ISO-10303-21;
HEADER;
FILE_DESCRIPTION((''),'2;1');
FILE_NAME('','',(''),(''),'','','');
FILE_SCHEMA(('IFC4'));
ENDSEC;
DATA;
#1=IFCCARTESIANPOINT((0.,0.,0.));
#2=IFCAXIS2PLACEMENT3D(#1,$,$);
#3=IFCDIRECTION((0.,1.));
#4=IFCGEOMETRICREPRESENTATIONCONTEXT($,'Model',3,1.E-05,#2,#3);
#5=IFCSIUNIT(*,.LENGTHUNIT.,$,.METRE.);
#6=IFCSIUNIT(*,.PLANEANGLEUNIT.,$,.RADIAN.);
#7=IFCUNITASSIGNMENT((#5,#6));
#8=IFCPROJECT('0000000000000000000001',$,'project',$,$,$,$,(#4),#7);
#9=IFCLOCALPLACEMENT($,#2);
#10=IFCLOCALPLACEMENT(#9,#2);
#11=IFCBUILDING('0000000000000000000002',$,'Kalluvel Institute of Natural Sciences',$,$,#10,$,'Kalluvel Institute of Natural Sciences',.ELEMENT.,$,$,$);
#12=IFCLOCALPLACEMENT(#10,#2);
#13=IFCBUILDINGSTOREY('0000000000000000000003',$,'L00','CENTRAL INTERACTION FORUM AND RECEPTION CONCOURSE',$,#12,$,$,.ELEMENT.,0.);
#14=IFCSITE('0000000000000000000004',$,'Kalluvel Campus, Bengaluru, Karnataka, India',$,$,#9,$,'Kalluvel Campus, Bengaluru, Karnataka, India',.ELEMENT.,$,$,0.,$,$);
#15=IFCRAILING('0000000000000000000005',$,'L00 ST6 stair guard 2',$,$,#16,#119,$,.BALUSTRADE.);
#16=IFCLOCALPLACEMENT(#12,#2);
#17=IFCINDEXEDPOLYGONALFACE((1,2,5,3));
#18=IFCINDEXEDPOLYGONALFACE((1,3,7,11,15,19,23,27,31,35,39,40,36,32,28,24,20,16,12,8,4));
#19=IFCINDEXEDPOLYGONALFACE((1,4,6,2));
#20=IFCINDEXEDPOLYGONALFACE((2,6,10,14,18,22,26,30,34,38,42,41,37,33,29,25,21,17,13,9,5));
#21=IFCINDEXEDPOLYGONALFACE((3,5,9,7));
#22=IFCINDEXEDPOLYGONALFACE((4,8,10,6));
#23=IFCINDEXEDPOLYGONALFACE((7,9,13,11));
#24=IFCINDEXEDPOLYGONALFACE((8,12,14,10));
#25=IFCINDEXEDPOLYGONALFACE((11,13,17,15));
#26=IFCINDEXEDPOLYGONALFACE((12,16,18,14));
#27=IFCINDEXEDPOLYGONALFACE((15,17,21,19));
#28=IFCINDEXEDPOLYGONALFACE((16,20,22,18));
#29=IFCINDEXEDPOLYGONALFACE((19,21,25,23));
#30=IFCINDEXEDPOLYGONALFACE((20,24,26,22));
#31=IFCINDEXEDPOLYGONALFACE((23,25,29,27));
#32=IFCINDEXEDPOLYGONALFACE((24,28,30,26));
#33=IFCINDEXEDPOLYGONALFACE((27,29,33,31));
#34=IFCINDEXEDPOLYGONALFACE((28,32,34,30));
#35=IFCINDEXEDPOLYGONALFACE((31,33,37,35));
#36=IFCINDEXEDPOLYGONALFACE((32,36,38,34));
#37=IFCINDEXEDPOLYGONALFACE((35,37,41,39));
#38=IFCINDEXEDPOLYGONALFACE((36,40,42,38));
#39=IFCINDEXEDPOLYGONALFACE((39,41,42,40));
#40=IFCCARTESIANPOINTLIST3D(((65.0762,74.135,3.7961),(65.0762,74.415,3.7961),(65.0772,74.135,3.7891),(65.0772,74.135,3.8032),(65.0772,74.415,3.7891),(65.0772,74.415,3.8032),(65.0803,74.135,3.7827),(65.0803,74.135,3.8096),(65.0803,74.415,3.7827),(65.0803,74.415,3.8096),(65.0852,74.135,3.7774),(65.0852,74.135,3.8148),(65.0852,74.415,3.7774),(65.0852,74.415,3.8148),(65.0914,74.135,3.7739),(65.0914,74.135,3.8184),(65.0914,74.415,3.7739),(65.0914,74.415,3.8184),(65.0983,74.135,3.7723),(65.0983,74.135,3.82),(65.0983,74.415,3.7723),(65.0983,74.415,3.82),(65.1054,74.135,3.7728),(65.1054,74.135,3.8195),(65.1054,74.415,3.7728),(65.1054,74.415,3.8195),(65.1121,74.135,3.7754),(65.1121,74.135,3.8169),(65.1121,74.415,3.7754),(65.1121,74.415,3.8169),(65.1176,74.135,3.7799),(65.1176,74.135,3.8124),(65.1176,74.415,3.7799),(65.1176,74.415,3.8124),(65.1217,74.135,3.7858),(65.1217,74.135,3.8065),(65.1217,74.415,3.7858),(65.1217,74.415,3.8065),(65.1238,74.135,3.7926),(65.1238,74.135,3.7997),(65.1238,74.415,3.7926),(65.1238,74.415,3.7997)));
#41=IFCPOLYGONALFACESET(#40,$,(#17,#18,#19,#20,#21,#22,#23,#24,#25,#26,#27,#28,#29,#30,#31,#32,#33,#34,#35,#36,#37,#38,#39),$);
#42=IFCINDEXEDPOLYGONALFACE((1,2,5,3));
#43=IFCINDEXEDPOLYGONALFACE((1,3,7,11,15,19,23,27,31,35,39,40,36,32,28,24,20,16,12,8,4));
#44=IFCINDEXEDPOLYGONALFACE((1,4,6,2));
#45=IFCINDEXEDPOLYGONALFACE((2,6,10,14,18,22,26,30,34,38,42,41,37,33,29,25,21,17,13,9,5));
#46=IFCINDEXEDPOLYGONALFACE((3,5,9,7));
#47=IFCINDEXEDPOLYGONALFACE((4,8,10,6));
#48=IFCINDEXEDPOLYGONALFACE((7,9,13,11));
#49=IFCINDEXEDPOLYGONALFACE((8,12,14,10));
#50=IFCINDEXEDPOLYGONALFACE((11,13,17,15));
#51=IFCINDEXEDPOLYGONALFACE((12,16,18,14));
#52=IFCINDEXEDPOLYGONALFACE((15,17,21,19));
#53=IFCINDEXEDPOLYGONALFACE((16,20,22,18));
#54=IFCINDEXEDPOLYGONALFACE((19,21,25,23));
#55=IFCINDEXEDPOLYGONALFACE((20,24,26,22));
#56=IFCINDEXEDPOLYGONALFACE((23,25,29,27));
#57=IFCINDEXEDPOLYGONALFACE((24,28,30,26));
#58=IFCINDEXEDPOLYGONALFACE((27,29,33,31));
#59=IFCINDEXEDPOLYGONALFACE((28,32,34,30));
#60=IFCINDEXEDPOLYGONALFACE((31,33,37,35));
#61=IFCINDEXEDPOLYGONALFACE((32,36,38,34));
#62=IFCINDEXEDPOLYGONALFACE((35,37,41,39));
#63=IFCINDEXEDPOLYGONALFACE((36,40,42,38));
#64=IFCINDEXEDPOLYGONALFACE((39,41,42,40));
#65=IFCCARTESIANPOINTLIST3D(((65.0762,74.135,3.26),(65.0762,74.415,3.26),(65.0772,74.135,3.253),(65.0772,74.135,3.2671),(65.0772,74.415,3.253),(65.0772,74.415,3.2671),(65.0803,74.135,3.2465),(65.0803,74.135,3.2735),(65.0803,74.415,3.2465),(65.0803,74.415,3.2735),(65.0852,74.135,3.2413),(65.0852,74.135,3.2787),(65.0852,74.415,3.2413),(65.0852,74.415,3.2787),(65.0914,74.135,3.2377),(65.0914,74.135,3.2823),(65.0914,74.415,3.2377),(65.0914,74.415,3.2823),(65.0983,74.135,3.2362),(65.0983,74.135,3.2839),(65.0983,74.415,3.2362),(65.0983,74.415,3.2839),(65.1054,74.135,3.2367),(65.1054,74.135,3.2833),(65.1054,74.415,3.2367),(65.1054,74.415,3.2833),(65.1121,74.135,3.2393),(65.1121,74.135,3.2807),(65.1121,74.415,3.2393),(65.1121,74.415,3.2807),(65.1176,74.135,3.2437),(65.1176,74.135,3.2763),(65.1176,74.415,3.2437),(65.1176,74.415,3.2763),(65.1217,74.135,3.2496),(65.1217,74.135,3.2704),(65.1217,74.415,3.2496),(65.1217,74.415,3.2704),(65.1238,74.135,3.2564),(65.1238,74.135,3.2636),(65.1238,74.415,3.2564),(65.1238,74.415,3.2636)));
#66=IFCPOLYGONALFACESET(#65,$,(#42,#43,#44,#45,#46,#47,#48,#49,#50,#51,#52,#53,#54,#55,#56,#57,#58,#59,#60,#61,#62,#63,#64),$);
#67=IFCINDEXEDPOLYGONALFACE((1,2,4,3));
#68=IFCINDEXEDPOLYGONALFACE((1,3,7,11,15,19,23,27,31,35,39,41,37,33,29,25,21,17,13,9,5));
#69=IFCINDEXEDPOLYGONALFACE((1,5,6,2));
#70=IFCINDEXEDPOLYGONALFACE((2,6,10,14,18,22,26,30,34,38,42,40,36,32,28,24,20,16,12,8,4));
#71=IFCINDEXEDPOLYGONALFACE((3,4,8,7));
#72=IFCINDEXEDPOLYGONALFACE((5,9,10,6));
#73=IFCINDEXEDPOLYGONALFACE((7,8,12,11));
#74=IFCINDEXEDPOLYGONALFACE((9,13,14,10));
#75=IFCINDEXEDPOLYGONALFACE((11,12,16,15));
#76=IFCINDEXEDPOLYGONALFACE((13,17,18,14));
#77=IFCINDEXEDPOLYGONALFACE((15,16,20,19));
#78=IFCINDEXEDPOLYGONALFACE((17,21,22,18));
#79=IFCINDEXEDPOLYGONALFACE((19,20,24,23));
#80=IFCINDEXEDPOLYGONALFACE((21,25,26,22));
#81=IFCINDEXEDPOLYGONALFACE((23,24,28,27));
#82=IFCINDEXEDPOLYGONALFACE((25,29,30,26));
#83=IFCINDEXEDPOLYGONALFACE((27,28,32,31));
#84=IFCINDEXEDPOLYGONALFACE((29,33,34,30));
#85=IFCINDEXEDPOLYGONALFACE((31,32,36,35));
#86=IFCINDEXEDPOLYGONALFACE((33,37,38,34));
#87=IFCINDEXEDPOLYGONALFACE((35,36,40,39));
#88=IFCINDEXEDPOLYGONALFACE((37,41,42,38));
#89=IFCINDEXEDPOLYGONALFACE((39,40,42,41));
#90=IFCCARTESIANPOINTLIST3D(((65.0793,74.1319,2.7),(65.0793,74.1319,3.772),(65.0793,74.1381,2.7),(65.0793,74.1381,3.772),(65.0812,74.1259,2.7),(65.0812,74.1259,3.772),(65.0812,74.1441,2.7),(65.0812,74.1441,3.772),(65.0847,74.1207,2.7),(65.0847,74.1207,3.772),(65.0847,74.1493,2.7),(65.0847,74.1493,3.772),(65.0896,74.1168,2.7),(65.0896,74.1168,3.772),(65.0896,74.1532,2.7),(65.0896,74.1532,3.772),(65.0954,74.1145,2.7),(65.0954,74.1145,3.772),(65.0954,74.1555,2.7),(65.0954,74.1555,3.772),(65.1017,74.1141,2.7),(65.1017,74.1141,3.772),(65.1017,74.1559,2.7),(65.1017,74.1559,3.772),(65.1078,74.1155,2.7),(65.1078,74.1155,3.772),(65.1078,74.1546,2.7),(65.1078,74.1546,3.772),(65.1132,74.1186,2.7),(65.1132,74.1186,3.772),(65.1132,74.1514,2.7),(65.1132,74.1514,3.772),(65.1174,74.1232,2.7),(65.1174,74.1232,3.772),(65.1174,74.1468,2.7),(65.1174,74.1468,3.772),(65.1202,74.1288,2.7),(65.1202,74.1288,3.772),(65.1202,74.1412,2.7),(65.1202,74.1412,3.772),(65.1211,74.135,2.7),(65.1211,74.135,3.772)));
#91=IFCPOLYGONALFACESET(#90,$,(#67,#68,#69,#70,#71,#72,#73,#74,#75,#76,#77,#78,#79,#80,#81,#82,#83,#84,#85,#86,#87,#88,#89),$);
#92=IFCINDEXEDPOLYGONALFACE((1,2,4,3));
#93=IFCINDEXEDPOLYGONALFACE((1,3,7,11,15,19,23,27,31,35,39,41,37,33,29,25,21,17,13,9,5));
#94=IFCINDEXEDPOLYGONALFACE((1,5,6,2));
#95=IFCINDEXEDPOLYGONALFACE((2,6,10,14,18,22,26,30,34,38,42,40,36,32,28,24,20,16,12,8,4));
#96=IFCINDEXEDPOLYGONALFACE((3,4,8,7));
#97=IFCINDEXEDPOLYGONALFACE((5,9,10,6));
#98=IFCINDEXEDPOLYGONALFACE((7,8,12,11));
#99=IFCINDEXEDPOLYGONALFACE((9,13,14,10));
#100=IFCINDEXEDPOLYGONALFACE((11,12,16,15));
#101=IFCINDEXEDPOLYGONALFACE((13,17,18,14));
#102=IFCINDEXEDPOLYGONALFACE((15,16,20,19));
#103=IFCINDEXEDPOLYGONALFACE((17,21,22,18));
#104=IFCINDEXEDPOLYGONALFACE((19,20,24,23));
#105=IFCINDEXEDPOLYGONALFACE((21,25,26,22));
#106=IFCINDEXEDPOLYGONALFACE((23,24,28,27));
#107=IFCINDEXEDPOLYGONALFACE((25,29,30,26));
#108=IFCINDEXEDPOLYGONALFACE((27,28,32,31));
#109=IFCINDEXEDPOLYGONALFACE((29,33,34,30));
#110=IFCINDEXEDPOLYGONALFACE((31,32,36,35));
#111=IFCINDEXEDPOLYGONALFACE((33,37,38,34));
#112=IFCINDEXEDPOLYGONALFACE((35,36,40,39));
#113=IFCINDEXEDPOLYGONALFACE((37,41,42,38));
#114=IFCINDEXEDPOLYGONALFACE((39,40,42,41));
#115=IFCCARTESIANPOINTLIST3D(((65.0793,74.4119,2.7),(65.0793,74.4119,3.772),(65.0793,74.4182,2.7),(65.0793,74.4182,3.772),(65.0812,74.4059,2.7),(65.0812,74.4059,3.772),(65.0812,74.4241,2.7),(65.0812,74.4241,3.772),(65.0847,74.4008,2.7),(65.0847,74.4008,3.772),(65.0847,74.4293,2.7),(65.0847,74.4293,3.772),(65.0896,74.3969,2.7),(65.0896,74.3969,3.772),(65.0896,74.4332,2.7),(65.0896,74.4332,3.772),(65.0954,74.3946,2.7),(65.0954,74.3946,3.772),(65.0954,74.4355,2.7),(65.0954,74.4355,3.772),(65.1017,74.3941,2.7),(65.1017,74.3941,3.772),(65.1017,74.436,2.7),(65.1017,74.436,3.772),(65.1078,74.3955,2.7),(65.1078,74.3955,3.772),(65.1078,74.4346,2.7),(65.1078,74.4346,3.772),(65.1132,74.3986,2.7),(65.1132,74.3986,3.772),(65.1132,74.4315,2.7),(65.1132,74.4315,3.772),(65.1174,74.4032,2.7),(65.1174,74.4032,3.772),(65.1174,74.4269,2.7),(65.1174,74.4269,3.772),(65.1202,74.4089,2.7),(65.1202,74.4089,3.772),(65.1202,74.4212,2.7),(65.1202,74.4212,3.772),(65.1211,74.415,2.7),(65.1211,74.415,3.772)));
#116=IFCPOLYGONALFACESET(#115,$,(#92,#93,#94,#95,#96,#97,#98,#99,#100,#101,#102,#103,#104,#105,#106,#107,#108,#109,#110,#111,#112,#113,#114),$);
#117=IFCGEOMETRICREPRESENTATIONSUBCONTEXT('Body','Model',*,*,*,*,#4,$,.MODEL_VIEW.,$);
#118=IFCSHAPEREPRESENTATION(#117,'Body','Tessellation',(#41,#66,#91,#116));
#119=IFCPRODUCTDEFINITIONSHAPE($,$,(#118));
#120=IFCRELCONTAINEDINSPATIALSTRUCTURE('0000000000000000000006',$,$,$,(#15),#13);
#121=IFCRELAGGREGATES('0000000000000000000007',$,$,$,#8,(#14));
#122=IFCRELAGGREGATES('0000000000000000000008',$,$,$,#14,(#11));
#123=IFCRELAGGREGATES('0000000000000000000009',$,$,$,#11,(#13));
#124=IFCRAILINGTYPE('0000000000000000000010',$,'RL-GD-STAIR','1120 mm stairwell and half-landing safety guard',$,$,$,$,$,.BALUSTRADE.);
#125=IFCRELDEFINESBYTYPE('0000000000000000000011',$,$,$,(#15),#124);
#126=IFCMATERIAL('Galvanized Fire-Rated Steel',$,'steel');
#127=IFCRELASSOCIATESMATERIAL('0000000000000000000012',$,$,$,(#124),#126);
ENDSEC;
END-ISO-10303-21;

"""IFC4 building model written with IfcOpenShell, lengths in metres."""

from ifc_helpers import new_model, si_unit, direction, frame, origin, origin_2d, place, context, subcontext, project, spatial, circle, extrude, material, type_object, element, save


model = new_model("IFC4")

# Units and contexts
model_context = context("Model", 3, precision=1e-05, world=origin(), true_north=direction((0.0, 1.0)))
body_context = subcontext(model_context, "Body", "Model", "MODEL_VIEW")
ifc_project = project(units=[si_unit("LENGTHUNIT", "METRE"), si_unit("PLANEANGLEUNIT", "RADIAN")], contexts=[model_context])

# Site, building, storey
site_placement = place(None, origin())
site = spatial("IfcSite", under=ifc_project, at=site_placement, Name="Kalluvel Campus, Bengaluru, Karnataka, India", LongName="Kalluvel Campus, Bengaluru, Karnataka, India", CompositionType="ELEMENT", RefElevation=0.0)
building_placement = place(site_placement, origin())
building = spatial("IfcBuilding", under=site, at=building_placement, Name="Kalluvel Institute of Natural Sciences", LongName="Kalluvel Institute of Natural Sciences", CompositionType="ELEMENT")
storey_placement = place(building_placement, origin())
storey = spatial("IfcBuildingStorey", under=building, at=storey_placement, Name="L00", Description="CENTRAL INTERACTION FORUM AND RECEPTION CONCOURSE", CompositionType="ELEMENT", Elevation=0.0)

# Railing
ifc_material_1 = material(Name="Galvanized Fire-Rated Steel", Category="steel")
railing_type_1 = type_object("IfcRailingType", Name="RL-GD-STAIR", Description="1120 mm stairwell and half-landing safety guard", PredefinedType="BALUSTRADE", material=ifc_material_1)
railing_1_placement = place(storey_placement, frame((65.1001, 74.135, 2.7)))
element("IfcRailing", 1, at=railing_1_placement, inside=storey, type_object=railing_type_1, Name="L00 ST6 stair guard 2", PredefinedType="BALUSTRADE", context=body_context, shape_type="SweptSolid", body=[
    extrude(circle(Radius=0.0239, at=origin_2d()), frame((0.0, 0.0, 1.0962), z_axis=(0.0, 1.0, 0.0), x_axis=(-1.0, 0.0, 0.0)), (0.0, 0.0, 1.0), 0.28),
    extrude(circle(Radius=0.0239, at=origin_2d()), frame((0.0, 0.0, 0.5601), z_axis=(0.0, 1.0, 0.0), x_axis=(-1.0, 0.0, 0.0)), (0.0, 0.0, 1.0), 0.28),
    extrude(circle(Radius=0.021, at=origin_2d()), origin(), (0.0, 0.0, 1.0), 1.072),
    extrude(circle(Radius=0.021, at=origin_2d()), frame((0.0, 0.28, 0.0)), (0.0, 0.0, 1.0), 1.072),
])

save(model, "model.ifc")
